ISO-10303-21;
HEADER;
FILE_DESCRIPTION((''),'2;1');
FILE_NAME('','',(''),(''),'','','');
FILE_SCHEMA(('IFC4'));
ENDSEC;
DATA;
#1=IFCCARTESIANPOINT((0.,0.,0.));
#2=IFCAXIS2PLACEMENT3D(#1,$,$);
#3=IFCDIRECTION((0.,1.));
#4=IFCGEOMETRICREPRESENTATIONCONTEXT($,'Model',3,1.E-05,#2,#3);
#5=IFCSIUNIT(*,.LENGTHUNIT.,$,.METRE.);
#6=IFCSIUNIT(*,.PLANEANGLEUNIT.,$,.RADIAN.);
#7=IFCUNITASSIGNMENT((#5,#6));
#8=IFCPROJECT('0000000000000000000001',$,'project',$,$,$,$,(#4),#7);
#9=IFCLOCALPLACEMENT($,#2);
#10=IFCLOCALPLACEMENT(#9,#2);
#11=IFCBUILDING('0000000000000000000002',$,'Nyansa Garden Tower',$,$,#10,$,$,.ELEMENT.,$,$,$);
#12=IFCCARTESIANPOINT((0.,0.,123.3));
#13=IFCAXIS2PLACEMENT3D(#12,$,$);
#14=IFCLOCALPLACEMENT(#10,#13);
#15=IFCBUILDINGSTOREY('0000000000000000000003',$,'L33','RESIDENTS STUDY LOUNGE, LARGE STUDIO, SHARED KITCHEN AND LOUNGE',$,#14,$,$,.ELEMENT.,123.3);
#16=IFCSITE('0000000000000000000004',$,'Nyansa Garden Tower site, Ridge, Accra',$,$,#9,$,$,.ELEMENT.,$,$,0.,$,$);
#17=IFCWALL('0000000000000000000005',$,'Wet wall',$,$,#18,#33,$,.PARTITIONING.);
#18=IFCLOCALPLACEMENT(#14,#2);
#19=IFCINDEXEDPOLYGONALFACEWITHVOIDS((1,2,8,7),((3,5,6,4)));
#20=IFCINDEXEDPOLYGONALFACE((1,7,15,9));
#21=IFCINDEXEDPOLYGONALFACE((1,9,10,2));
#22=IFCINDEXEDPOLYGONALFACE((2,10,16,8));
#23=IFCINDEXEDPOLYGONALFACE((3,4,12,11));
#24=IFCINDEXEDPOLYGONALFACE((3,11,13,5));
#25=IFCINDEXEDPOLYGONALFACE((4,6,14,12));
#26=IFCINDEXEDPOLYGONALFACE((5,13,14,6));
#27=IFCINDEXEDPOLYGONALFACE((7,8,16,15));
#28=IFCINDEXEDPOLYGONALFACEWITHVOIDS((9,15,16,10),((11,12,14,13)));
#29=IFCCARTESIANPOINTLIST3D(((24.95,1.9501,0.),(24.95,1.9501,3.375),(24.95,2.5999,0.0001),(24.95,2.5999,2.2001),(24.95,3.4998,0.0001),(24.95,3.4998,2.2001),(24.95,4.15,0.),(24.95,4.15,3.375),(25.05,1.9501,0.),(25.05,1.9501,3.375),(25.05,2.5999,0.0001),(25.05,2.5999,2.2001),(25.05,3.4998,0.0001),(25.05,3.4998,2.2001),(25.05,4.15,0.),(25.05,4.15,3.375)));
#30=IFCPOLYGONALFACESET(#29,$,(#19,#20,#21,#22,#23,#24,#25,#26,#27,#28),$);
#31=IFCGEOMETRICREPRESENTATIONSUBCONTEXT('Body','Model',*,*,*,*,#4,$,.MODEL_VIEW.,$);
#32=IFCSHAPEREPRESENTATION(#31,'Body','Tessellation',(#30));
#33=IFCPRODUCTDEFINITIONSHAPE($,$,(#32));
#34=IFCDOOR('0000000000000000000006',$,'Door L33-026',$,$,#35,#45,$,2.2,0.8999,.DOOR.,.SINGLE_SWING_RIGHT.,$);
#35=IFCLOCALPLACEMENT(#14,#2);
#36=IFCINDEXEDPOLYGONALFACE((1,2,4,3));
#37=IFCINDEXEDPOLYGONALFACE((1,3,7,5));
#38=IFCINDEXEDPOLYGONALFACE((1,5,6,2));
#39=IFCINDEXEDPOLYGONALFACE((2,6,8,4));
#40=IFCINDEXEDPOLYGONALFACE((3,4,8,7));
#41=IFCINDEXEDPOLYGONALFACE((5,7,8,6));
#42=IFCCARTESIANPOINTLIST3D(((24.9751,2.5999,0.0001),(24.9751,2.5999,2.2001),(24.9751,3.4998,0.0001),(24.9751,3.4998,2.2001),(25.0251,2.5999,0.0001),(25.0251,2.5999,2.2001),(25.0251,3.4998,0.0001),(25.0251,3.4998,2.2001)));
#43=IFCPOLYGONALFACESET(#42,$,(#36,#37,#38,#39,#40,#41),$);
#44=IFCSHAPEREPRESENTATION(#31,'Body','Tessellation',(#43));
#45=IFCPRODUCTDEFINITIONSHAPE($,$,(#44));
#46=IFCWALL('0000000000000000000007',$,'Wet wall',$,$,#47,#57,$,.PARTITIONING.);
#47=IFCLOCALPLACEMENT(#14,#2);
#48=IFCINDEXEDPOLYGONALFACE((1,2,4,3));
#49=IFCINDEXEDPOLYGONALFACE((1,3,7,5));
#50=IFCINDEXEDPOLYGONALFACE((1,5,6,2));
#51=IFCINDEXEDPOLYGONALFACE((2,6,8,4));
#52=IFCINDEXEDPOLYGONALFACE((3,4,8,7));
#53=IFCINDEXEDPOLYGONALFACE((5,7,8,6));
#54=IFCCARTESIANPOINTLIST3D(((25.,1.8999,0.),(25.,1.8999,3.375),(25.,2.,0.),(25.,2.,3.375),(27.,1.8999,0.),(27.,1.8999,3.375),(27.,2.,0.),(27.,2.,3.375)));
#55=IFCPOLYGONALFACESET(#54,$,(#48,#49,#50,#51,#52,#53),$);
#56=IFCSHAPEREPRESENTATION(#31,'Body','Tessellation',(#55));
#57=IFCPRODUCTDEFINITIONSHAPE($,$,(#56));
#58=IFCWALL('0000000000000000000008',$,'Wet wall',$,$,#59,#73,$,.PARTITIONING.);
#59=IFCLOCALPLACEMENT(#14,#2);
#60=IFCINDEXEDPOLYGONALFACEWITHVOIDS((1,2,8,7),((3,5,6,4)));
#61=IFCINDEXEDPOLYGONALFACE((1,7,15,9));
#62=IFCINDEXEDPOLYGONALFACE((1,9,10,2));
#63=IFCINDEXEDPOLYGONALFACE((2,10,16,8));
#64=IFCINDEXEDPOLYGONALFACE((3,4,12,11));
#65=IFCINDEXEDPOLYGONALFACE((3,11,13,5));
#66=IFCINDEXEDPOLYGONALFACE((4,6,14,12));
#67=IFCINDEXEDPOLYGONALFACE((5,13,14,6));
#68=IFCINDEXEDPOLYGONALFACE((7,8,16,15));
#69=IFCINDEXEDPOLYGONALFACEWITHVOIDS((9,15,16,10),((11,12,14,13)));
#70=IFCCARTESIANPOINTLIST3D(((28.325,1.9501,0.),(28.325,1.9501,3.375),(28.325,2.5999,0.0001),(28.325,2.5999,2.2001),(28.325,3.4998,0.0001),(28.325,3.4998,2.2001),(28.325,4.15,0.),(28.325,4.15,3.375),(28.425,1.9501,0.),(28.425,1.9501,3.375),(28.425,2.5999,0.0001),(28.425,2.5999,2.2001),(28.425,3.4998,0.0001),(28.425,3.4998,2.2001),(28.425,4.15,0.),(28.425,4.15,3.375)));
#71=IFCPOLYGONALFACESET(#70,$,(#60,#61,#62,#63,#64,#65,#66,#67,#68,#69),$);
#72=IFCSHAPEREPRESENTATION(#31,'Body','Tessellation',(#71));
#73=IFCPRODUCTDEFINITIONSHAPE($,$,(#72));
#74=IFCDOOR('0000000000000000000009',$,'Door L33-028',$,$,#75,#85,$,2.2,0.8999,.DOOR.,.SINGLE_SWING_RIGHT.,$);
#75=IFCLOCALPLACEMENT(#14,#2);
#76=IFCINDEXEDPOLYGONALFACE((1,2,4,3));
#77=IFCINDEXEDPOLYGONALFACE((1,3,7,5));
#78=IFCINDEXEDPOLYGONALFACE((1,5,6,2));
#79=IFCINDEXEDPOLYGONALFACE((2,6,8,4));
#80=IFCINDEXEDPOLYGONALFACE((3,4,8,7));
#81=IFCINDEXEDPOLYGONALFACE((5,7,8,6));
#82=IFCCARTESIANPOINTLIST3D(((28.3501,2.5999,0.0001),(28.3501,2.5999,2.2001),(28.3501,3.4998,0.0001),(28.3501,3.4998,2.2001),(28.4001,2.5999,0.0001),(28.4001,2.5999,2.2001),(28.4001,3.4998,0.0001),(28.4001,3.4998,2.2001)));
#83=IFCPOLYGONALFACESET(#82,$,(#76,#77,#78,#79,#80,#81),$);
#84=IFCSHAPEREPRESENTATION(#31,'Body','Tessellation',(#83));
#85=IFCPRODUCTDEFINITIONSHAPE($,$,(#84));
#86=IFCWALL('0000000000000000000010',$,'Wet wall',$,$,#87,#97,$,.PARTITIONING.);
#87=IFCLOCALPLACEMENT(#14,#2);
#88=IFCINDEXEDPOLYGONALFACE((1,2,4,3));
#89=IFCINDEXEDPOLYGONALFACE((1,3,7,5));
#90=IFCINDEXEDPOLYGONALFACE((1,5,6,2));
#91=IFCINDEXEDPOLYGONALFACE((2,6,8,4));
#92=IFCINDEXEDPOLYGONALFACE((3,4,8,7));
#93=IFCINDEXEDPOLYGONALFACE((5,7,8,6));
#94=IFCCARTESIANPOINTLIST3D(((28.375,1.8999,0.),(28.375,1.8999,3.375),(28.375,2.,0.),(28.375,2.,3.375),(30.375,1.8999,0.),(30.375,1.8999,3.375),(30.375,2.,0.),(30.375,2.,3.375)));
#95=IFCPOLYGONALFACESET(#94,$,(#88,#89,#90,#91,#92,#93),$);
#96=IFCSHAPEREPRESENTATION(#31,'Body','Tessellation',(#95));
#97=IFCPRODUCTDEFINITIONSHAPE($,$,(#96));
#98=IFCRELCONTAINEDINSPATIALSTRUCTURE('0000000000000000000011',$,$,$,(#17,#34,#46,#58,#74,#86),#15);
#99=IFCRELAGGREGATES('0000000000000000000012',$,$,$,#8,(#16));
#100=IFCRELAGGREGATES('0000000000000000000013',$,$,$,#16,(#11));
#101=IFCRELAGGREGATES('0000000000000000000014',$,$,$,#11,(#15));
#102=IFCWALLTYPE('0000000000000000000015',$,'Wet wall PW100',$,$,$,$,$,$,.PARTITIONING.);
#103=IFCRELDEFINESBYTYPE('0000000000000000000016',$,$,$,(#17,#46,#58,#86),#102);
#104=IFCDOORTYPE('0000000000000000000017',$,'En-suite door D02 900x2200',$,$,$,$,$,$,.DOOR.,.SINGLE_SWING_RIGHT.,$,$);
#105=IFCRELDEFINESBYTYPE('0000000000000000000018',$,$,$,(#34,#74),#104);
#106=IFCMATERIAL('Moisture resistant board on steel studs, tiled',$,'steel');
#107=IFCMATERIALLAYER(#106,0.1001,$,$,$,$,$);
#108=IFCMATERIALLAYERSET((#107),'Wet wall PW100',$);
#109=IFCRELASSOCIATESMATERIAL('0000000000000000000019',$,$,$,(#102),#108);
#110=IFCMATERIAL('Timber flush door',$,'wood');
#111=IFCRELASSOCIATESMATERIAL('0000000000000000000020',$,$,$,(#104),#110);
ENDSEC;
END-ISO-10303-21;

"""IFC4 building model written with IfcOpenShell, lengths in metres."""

from ifc_helpers import new_model, si_unit, direction, frame, frame_2d, origin, place, context, subcontext, project, spatial, rectangle, extrude, material, layer, layer_set, type_object, element, fill, save


model = new_model("IFC4")

# Units and contexts
model_context = context("Model", 3, precision=1e-05, world=origin(), true_north=direction((0.0, 1.0)))
body_context = subcontext(model_context, "Body", "Model", "MODEL_VIEW")
ifc_project = project(units=[si_unit("LENGTHUNIT", "METRE"), si_unit("PLANEANGLEUNIT", "RADIAN")], contexts=[model_context])

# Site, building, storey
site_placement = place(None, origin())
site = spatial("IfcSite", under=ifc_project, at=site_placement, Name="Nyansa Garden Tower site, Ridge, Accra", CompositionType="ELEMENT", RefElevation=0.0)
building_placement = place(site_placement, origin())
building = spatial("IfcBuilding", under=site, at=building_placement, Name="Nyansa Garden Tower", CompositionType="ELEMENT")
storey_placement = place(building_placement, frame((0.0, 0.0, 123.3)))
storey = spatial("IfcBuildingStorey", under=building, at=storey_placement, Name="L33", Description="RESIDENTS STUDY LOUNGE, LARGE STUDIO, SHARED KITCHEN AND LOUNGE", CompositionType="ELEMENT", Elevation=123.3)

# Shared definitions
ifc_material_1 = material(Name="Moisture resistant board on steel studs, tiled", Category="steel")
ifc_layer_1 = layer(ifc_material_1, 0.1001)
ifc_layer_set_1 = layer_set([ifc_layer_1], Name="Wet wall PW100")
wall_type_1 = type_object("IfcWallType", Name="Wet wall PW100", PredefinedType="PARTITIONING", material=ifc_layer_set_1)
ifc_material_2 = material(Name="Timber flush door", Category="wood")
door_type_1 = type_object("IfcDoorType", Name="En-suite door D02 900x2200", OperationType="SINGLE_SWING_RIGHT", PredefinedType="DOOR", material=ifc_material_2)

# Wall, opening, door
wall_1_placement = place(storey_placement, frame((25.0, 1.95, 0.0), z_axis=(0.0, 0.0, 1.0), x_axis=(0.0, 1.0, 0.0)))
wall_1 = element("IfcWall", 1, at=wall_1_placement, inside=storey, type_object=wall_type_1, Name="Wet wall", PredefinedType="PARTITIONING", context=body_context, shape_type="SweptSolid", body=[
    extrude(rectangle(XDim=2.2, YDim=0.1001, at=frame_2d((1.1001, 0.0))), origin(), (0.0, 0.0, 1.0), 3.375),
])
opening_1_placement = place(wall_1_placement, frame((0.6499, 0.0, 0.0)))
opening_1 = element("IfcOpeningElement", 2, at=opening_1_placement, cuts=wall_1, PredefinedType="OPENING", context=body_context, shape_type="SweptSolid", body=[
    extrude(rectangle(XDim=0.8999, YDim=2.2, at=frame_2d((0.45, 1.1001))), frame((0.0, 0.0601, 0.0), z_axis=(0.0, -1.0, 0.0), x_axis=(1.0, 0.0, 0.0)), (0.0, 0.0, 1.0), 0.1201),
])
door_1_placement = place(opening_1_placement, origin())
door_1 = element("IfcDoor", 3, at=door_1_placement, inside=storey, type_object=door_type_1, Name="Door L33-026", OperationType="SINGLE_SWING_RIGHT", OverallHeight=2.2, OverallWidth=0.8999, PredefinedType="DOOR", context=body_context, shape_type="SweptSolid", body=[
    extrude(rectangle(XDim=0.8999, YDim=2.2, at=frame_2d((0.45, 1.1001))), frame((0.0, 0.0249, 0.0), z_axis=(0.0, -1.0, 0.0), x_axis=(1.0, 0.0, 0.0)), (0.0, 0.0, 1.0), 0.05),
])
fill(opening_1, door_1)

# Wall
wall_2_placement = place(storey_placement, frame((25.0, 1.95, 0.0), z_axis=(0.0, 0.0, 1.0), x_axis=(1.0, 0.0, 0.0)))
element("IfcWall", 4, at=wall_2_placement, inside=storey, type_object=wall_type_1, Name="Wet wall", PredefinedType="PARTITIONING", context=body_context, shape_type="SweptSolid", body=[
    extrude(rectangle(XDim=2.0, YDim=0.1001, at=frame_2d((1.0, 0.0))), origin(), (0.0, 0.0, 1.0), 3.375),
])

# Wall, opening, door
wall_3_placement = place(storey_placement, frame((28.375, 1.95, 0.0), z_axis=(0.0, 0.0, 1.0), x_axis=(0.0, 1.0, 0.0)))
wall_3 = element("IfcWall", 5, at=wall_3_placement, inside=storey, type_object=wall_type_1, Name="Wet wall", PredefinedType="PARTITIONING", context=body_context, shape_type="SweptSolid", body=[
    extrude(rectangle(XDim=2.2, YDim=0.1001, at=frame_2d((1.1001, 0.0))), origin(), (0.0, 0.0, 1.0), 3.375),
])
opening_2_placement = place(wall_3_placement, frame((0.6499, 0.0, 0.0)))
opening_2 = element("IfcOpeningElement", 6, at=opening_2_placement, cuts=wall_3, PredefinedType="OPENING", context=body_context, shape_type="SweptSolid", body=[
    extrude(rectangle(XDim=0.8999, YDim=2.2, at=frame_2d((0.45, 1.1001))), frame((0.0, 0.0601, 0.0), z_axis=(0.0, -1.0, 0.0), x_axis=(1.0, 0.0, 0.0)), (0.0, 0.0, 1.0), 0.1201),
])
door_2_placement = place(opening_2_placement, origin())
door_2 = element("IfcDoor", 7, at=door_2_placement, inside=storey, type_object=door_type_1, Name="Door L33-028", OperationType="SINGLE_SWING_RIGHT", OverallHeight=2.2, OverallWidth=0.8999, PredefinedType="DOOR", context=body_context, shape_type="SweptSolid", body=[
    extrude(rectangle(XDim=0.8999, YDim=2.2, at=frame_2d((0.45, 1.1001))), frame((0.0, 0.0249, 0.0), z_axis=(0.0, -1.0, 0.0), x_axis=(1.0, 0.0, 0.0)), (0.0, 0.0, 1.0), 0.05),
])
fill(opening_2, door_2)

# Wall
wall_4_placement = place(storey_placement, frame((28.375, 1.95, 0.0), z_axis=(0.0, 0.0, 1.0), x_axis=(1.0, 0.0, 0.0)))
element("IfcWall", 8, at=wall_4_placement, inside=storey, type_object=wall_type_1, Name="Wet wall", PredefinedType="PARTITIONING", context=body_context, shape_type="SweptSolid", body=[
    extrude(rectangle(XDim=2.0, YDim=0.1001, at=frame_2d((1.0, 0.0))), origin(), (0.0, 0.0, 1.0), 3.375),
])

save(model, "model.ifc")
